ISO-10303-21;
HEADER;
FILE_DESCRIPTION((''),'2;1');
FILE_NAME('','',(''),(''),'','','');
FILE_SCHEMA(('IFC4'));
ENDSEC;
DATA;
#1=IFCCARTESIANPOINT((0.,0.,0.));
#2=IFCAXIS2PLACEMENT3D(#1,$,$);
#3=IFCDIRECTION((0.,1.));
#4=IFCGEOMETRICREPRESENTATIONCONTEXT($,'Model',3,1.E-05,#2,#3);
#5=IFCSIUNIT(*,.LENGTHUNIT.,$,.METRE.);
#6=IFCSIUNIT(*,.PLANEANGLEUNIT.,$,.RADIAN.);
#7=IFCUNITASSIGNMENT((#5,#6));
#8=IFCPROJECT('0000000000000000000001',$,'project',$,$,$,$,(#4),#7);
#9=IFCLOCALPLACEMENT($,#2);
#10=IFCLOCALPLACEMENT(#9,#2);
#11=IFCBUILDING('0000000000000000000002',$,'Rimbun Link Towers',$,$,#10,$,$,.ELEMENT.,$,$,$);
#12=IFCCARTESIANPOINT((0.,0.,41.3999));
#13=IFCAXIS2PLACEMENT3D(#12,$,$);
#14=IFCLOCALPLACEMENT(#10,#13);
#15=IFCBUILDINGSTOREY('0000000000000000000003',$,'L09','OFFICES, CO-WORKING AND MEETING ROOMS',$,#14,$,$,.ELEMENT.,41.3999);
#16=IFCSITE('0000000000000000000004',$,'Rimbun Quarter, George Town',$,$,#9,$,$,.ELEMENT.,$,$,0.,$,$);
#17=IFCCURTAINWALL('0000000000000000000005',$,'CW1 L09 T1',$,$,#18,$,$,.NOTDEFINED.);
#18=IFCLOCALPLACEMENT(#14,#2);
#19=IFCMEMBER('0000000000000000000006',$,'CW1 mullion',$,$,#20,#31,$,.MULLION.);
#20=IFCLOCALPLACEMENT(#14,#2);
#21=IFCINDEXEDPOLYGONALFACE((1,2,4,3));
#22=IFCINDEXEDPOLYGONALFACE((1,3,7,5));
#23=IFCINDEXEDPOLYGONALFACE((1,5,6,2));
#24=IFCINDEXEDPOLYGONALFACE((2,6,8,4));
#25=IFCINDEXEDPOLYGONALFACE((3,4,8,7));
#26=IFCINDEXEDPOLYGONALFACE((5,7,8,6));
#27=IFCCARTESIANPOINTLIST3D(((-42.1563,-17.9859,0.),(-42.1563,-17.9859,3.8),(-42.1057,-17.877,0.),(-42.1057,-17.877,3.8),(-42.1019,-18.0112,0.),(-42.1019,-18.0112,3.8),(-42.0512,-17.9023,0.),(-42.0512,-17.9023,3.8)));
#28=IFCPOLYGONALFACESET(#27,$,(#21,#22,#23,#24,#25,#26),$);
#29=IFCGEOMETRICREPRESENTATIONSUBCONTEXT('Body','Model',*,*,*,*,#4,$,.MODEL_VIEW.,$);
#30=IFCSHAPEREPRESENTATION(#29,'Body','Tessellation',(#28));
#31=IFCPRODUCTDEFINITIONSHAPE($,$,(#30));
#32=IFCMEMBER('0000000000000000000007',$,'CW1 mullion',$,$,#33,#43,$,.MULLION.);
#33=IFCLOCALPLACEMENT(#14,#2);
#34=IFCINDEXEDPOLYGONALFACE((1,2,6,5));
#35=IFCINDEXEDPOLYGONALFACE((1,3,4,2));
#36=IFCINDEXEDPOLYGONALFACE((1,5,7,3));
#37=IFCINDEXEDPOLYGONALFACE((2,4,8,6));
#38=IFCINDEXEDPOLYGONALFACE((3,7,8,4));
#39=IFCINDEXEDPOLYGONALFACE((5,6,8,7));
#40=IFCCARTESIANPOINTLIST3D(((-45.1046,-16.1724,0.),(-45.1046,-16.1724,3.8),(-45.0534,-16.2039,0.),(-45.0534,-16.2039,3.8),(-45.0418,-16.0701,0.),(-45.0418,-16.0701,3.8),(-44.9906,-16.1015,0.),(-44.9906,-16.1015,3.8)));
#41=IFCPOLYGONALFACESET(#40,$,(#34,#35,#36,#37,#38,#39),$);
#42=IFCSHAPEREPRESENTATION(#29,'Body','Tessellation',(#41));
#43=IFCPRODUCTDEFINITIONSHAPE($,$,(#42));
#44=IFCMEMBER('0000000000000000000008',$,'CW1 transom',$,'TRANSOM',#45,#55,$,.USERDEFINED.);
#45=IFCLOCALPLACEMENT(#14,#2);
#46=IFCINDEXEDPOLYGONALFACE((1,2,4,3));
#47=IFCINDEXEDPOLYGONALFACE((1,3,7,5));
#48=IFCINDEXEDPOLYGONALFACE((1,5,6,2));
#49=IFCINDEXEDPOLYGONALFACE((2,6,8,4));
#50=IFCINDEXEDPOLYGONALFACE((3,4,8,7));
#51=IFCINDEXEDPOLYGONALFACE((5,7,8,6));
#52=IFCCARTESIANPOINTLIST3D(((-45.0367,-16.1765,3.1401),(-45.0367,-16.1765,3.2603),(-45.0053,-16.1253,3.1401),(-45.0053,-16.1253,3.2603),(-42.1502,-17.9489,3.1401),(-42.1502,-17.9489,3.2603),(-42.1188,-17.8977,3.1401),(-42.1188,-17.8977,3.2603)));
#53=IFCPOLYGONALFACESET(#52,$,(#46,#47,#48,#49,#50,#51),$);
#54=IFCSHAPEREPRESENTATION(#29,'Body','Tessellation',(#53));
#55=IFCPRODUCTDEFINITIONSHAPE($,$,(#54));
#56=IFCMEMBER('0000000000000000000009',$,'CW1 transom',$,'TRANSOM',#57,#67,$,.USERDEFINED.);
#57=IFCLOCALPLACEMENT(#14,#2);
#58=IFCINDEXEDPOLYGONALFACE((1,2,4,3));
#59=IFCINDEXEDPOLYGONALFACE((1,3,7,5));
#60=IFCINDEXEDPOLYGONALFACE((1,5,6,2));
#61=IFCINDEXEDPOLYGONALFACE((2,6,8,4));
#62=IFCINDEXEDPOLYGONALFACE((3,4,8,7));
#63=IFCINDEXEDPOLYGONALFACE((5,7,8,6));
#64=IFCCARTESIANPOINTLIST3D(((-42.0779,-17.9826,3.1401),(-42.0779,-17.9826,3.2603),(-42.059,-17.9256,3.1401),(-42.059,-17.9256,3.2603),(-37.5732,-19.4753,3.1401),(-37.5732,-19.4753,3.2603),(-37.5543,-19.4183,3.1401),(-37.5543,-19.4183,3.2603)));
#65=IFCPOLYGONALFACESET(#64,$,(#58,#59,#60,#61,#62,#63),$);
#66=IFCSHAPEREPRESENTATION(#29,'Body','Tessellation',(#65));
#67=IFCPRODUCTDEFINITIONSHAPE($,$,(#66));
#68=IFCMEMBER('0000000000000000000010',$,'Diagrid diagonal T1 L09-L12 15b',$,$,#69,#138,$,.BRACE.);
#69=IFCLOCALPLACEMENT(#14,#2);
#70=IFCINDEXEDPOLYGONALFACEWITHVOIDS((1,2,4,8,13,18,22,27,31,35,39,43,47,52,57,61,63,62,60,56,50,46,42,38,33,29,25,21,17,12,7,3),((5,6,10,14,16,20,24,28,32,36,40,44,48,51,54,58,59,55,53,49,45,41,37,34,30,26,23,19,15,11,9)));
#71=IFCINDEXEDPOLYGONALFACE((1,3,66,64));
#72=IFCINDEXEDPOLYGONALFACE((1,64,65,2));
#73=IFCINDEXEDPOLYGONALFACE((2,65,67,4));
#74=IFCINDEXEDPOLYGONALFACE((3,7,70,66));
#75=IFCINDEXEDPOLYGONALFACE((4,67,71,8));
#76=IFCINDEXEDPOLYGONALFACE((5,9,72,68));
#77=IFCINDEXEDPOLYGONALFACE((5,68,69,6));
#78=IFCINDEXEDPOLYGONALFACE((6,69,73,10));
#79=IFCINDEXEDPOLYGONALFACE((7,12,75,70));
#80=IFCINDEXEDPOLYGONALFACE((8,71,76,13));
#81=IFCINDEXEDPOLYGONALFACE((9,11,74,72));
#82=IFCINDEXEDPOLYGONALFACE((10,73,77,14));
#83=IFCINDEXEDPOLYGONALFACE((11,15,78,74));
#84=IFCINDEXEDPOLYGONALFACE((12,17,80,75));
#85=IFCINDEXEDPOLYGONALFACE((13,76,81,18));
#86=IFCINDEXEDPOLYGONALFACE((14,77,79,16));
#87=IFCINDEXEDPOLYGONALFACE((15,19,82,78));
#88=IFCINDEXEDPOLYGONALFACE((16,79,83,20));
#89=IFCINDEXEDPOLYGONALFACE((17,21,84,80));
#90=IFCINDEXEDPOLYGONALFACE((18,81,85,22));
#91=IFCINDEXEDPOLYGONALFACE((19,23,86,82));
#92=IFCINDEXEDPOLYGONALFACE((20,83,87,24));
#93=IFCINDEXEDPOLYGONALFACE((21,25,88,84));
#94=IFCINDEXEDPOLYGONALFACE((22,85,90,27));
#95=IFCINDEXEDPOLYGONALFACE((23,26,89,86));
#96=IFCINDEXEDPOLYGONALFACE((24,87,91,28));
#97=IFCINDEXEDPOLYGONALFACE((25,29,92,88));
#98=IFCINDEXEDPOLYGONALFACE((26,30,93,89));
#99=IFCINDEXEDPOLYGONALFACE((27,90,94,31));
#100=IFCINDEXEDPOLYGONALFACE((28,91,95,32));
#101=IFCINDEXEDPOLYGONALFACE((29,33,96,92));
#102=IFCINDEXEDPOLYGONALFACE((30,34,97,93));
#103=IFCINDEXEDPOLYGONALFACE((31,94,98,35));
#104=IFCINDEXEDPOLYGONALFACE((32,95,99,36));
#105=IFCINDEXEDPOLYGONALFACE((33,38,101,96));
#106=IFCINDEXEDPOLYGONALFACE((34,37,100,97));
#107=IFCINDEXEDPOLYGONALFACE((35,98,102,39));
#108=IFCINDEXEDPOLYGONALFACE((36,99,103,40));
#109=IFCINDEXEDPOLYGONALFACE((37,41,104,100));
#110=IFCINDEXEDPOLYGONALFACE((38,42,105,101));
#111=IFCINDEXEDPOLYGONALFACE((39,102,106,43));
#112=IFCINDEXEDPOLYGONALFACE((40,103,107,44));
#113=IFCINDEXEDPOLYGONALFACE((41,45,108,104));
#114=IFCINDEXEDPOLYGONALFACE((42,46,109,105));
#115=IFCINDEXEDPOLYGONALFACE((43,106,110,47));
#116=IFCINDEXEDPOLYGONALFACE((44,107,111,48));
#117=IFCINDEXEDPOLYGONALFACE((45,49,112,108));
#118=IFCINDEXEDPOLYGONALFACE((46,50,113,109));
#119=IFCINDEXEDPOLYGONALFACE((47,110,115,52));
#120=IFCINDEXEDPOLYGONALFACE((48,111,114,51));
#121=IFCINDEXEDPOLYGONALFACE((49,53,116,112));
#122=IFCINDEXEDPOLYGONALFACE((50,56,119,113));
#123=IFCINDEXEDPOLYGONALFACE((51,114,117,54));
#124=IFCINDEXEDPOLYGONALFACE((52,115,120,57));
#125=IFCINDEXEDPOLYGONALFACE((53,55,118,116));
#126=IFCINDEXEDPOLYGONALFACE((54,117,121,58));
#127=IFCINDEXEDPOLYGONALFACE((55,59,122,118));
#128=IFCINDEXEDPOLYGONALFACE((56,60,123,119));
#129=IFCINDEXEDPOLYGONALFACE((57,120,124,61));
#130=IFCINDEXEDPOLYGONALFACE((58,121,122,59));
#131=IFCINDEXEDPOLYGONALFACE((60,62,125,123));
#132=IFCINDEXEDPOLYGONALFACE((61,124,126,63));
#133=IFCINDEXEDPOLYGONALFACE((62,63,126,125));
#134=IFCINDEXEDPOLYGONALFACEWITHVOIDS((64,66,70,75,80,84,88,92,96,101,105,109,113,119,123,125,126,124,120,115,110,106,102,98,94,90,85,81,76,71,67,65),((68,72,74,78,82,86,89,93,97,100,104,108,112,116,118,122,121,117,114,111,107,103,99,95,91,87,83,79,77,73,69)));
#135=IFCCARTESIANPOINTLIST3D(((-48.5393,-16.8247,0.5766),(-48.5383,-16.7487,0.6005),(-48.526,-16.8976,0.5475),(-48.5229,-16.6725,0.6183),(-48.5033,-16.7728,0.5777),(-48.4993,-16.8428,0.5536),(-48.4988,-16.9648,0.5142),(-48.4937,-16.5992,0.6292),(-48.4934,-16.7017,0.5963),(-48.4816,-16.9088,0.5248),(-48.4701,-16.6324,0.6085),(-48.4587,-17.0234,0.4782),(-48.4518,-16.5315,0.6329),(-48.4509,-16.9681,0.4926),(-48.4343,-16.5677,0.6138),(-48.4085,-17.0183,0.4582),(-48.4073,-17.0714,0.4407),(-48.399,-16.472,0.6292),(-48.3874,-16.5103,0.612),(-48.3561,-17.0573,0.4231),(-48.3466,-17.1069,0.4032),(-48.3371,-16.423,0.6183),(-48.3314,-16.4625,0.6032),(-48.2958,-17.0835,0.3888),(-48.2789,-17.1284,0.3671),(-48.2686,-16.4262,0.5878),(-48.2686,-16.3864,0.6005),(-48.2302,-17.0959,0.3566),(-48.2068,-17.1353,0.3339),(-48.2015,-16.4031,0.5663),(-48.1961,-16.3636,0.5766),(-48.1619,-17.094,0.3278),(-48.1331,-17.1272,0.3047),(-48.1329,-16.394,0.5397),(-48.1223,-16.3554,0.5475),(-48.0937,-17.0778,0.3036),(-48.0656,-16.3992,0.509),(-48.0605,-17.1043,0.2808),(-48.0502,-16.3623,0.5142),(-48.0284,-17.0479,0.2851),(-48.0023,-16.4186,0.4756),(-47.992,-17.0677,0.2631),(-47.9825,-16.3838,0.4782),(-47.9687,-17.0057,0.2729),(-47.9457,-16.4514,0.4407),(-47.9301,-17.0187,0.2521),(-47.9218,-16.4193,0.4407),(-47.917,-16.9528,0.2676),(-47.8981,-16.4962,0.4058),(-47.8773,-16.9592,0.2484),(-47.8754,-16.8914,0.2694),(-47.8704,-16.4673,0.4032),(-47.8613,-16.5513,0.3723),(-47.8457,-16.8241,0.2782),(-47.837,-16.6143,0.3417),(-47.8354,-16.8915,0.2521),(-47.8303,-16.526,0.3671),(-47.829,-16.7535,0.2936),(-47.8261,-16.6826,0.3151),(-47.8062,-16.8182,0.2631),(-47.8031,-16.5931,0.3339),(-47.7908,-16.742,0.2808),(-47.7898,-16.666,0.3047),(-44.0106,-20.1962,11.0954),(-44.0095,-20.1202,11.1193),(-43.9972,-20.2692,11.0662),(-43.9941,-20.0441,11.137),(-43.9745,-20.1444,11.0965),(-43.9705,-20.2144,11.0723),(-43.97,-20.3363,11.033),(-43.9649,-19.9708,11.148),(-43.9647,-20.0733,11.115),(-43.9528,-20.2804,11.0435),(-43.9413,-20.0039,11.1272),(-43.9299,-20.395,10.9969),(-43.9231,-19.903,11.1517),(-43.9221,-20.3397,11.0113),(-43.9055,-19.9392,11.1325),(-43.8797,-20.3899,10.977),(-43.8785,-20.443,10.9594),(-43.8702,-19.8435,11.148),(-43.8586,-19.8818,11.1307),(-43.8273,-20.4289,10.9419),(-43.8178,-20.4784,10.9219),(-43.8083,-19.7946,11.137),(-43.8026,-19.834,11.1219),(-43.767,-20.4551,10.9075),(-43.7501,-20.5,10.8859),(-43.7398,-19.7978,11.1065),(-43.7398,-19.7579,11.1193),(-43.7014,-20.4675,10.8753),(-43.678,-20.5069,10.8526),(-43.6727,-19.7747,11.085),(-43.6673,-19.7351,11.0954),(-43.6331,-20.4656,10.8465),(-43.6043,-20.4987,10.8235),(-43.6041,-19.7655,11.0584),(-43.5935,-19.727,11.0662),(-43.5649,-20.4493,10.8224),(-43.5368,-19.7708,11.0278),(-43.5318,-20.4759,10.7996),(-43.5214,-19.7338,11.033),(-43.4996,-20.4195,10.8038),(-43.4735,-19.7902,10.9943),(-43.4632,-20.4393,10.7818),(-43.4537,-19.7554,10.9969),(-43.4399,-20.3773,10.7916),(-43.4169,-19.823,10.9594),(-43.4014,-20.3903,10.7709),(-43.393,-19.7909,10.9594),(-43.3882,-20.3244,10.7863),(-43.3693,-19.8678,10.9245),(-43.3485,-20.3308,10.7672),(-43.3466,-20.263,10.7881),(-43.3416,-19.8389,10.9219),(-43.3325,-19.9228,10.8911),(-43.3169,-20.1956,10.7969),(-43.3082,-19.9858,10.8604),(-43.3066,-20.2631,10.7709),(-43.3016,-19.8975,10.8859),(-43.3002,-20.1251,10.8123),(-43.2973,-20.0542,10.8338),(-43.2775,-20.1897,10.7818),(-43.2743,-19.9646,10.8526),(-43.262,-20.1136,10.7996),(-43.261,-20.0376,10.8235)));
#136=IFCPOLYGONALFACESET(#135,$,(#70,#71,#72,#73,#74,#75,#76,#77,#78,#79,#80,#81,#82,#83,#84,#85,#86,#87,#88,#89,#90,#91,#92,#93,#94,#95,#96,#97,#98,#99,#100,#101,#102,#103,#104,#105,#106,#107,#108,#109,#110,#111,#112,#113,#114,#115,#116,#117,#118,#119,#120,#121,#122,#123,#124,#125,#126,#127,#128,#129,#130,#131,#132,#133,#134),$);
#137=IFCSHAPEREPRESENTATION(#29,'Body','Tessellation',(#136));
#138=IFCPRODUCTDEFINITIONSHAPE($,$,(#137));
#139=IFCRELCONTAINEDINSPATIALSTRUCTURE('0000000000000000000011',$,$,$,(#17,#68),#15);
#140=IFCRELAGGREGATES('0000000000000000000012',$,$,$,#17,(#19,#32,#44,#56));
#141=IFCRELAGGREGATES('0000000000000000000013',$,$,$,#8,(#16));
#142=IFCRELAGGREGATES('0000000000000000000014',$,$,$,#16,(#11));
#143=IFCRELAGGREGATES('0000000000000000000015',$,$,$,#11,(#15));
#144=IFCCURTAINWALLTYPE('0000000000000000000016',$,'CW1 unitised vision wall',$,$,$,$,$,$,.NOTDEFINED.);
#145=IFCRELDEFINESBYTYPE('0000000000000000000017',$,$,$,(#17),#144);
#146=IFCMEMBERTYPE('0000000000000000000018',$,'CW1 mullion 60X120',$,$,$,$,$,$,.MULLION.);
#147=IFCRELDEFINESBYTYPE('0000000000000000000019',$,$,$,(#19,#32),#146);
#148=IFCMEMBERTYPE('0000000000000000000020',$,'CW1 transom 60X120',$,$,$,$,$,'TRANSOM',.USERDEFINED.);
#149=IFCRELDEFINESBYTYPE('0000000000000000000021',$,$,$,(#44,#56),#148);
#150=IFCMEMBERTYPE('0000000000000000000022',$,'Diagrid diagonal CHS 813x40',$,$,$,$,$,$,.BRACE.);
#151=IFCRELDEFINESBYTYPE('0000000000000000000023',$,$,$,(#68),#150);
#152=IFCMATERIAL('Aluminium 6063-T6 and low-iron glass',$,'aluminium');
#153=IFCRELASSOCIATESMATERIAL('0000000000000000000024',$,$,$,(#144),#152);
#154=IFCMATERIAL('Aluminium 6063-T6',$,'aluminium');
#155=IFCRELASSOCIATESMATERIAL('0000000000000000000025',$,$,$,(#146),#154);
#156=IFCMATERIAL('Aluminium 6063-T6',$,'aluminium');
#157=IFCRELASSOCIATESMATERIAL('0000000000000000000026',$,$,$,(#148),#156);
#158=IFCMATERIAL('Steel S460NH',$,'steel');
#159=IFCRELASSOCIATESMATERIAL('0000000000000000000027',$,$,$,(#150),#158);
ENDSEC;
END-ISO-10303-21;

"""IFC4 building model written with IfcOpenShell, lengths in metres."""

from ifc_helpers import new_model, si_unit, direction, frame, origin, origin_2d, place, context, subcontext, project, spatial, rectangle, hollow_circle, extrude, material, material_profile, profile_set, type_object, element, aggregate, save


model = new_model("IFC4")

# Units and contexts
model_context = context("Model", 3, precision=1e-05, world=origin(), true_north=direction((0.0, 1.0)))
body_context = subcontext(model_context, "Body", "Model", "MODEL_VIEW")
ifc_project = project(units=[si_unit("LENGTHUNIT", "METRE"), si_unit("PLANEANGLEUNIT", "RADIAN")], contexts=[model_context])

# Site, building, storey
site_placement = place(None, origin())
site = spatial("IfcSite", under=ifc_project, at=site_placement, Name="Rimbun Quarter, George Town", CompositionType="ELEMENT", RefElevation=0.0)
building_placement = place(site_placement, origin())
building = spatial("IfcBuilding", under=site, at=building_placement, Name="Rimbun Link Towers", CompositionType="ELEMENT")
storey_placement = place(building_placement, frame((0.0, 0.0, 41.3999)))
storey = spatial("IfcBuildingStorey", under=building, at=storey_placement, Name="L09", Description="OFFICES, CO-WORKING AND MEETING ROOMS", CompositionType="ELEMENT", Elevation=41.3999)

# Curtain wall, members
ifc_material_1 = material(Name="Aluminium 6063-T6 and low-iron glass", Category="aluminium")
curtain_wall_type = type_object("IfcCurtainWallType", Name="CW1 unitised vision wall", PredefinedType="NOTDEFINED", material=ifc_material_1)
curtain_wall_placement = place(storey_placement, origin())
curtain_wall = element("IfcCurtainWall", 1, at=curtain_wall_placement, inside=storey, type_object=curtain_wall_type, Name="CW1 L09 T1", PredefinedType="NOTDEFINED")
ifc_material_2 = material(Name="Aluminium 6063-T6", Category="aluminium")
ifc_material_profile_1 = material_profile(ifc_material_2, rectangle(XDim=0.1201, YDim=0.0601, at=origin_2d()), Name="MULLION 60X120")
ifc_profile_set_1 = profile_set([ifc_material_profile_1], Name="Aluminium 6063-T6")
member_type_1 = type_object("IfcMemberType", Name="CW1 mullion 60X120", PredefinedType="MULLION", material=ifc_profile_set_1)
member_1_placement = place(storey_placement, frame((-42.1038, -17.9441, 0.0), z_axis=(0.0, 0.0, 1.0), x_axis=(-0.421701, -0.906735, 0.0)))
member_1 = element("IfcMember", 2, at=member_1_placement, type_object=member_type_1, Name="CW1 mullion", PredefinedType="MULLION", context=body_context, shape_type="SweptSolid", body=[
    extrude(rectangle(XDim=0.1201, YDim=0.0601, at=origin_2d()), origin(), (0.0, 0.0, 1.0), 3.8),
])
member_2_placement = place(storey_placement, frame((-45.0476, -16.137, 0.0), z_axis=(0.0, 0.0, 1.0), x_axis=(-0.523241, -0.852185, 0.0)))
member_2 = element("IfcMember", 3, at=member_2_placement, type_object=member_type_1, Name="CW1 mullion", PredefinedType="MULLION", context=body_context, shape_type="SweptSolid", body=[
    extrude(rectangle(XDim=0.1201, YDim=0.0601, at=origin_2d()), origin(), (0.0, 0.0, 1.0), 3.8),
])
ifc_material_3 = material(Name="Aluminium 6063-T6", Category="aluminium")
ifc_material_profile_2 = material_profile(ifc_material_3, rectangle(XDim=0.0601, YDim=0.1201, at=origin_2d()), Name="TRANSOM 60X120")
ifc_profile_set_2 = profile_set([ifc_material_profile_2], Name="Aluminium 6063-T6")
member_type_2 = type_object("IfcMemberType", Name="CW1 transom 60X120", ElementType="TRANSOM", PredefinedType="USERDEFINED", material=ifc_profile_set_2)
member_3_placement = place(storey_placement, frame((-42.1345, -17.9233, 3.2002), z_axis=(-0.852163, 0.523277, 0.0), x_axis=(-0.523277, -0.852163, 0.0)))
member_3 = element("IfcMember", 4, at=member_3_placement, type_object=member_type_2, Name="CW1 transom", ObjectType="TRANSOM", PredefinedType="USERDEFINED", context=body_context, shape_type="SweptSolid", body=[
    extrude(rectangle(XDim=0.0601, YDim=0.1201, at=origin_2d()), origin(), (0.0, 0.0, 1.0), 3.3872),
])
member_4_placement = place(storey_placement, frame((-37.5637, -19.4468, 3.2002), z_axis=(-0.949243, 0.314545, 0.0), x_axis=(-0.314545, -0.949243, 0.0)))
member_4 = element("IfcMember", 5, at=member_4_placement, type_object=member_type_2, Name="CW1 transom", ObjectType="TRANSOM", PredefinedType="USERDEFINED", context=body_context, shape_type="SweptSolid", body=[
    extrude(rectangle(XDim=0.0601, YDim=0.1201, at=origin_2d()), origin(), (0.0, 0.0, 1.0), 4.7456),
])

# Member
ifc_material_4 = material(Name="Steel S460NH", Category="steel")
ifc_material_profile_3 = material_profile(ifc_material_4, hollow_circle(Radius=0.4065, WallThickness=0.04, at=origin_2d()), Name="Diagrid diagonal CHS 813x40")
ifc_profile_set_3 = profile_set([ifc_material_profile_3], Name="Steel S460NH")
member_type_3 = type_object("IfcMemberType", Name="Diagrid diagonal CHS 813x40", PredefinedType="BRACE", material=ifc_profile_set_3)
member_5_placement = place(storey_placement, frame((-48.1646, -16.7454, 0.4407), z_axis=(0.379351, -0.282417, 0.881098), x_axis=(0.59716, 0.802122, 0.0)))
element("IfcMember", 6, at=member_5_placement, inside=storey, type_object=member_type_3, Name="Diagrid diagonal T1 L09-L12 15b", PredefinedType="BRACE", context=body_context, shape_type="SweptSolid", body=[
    extrude(hollow_circle(Radius=0.4065, WallThickness=0.04, at=origin_2d()), origin(), (0.0, 0.0, 1.0), 11.9382),
])

aggregate(curtain_wall, [member_1, member_2, member_3, member_4])

save(model, "model.ifc")
